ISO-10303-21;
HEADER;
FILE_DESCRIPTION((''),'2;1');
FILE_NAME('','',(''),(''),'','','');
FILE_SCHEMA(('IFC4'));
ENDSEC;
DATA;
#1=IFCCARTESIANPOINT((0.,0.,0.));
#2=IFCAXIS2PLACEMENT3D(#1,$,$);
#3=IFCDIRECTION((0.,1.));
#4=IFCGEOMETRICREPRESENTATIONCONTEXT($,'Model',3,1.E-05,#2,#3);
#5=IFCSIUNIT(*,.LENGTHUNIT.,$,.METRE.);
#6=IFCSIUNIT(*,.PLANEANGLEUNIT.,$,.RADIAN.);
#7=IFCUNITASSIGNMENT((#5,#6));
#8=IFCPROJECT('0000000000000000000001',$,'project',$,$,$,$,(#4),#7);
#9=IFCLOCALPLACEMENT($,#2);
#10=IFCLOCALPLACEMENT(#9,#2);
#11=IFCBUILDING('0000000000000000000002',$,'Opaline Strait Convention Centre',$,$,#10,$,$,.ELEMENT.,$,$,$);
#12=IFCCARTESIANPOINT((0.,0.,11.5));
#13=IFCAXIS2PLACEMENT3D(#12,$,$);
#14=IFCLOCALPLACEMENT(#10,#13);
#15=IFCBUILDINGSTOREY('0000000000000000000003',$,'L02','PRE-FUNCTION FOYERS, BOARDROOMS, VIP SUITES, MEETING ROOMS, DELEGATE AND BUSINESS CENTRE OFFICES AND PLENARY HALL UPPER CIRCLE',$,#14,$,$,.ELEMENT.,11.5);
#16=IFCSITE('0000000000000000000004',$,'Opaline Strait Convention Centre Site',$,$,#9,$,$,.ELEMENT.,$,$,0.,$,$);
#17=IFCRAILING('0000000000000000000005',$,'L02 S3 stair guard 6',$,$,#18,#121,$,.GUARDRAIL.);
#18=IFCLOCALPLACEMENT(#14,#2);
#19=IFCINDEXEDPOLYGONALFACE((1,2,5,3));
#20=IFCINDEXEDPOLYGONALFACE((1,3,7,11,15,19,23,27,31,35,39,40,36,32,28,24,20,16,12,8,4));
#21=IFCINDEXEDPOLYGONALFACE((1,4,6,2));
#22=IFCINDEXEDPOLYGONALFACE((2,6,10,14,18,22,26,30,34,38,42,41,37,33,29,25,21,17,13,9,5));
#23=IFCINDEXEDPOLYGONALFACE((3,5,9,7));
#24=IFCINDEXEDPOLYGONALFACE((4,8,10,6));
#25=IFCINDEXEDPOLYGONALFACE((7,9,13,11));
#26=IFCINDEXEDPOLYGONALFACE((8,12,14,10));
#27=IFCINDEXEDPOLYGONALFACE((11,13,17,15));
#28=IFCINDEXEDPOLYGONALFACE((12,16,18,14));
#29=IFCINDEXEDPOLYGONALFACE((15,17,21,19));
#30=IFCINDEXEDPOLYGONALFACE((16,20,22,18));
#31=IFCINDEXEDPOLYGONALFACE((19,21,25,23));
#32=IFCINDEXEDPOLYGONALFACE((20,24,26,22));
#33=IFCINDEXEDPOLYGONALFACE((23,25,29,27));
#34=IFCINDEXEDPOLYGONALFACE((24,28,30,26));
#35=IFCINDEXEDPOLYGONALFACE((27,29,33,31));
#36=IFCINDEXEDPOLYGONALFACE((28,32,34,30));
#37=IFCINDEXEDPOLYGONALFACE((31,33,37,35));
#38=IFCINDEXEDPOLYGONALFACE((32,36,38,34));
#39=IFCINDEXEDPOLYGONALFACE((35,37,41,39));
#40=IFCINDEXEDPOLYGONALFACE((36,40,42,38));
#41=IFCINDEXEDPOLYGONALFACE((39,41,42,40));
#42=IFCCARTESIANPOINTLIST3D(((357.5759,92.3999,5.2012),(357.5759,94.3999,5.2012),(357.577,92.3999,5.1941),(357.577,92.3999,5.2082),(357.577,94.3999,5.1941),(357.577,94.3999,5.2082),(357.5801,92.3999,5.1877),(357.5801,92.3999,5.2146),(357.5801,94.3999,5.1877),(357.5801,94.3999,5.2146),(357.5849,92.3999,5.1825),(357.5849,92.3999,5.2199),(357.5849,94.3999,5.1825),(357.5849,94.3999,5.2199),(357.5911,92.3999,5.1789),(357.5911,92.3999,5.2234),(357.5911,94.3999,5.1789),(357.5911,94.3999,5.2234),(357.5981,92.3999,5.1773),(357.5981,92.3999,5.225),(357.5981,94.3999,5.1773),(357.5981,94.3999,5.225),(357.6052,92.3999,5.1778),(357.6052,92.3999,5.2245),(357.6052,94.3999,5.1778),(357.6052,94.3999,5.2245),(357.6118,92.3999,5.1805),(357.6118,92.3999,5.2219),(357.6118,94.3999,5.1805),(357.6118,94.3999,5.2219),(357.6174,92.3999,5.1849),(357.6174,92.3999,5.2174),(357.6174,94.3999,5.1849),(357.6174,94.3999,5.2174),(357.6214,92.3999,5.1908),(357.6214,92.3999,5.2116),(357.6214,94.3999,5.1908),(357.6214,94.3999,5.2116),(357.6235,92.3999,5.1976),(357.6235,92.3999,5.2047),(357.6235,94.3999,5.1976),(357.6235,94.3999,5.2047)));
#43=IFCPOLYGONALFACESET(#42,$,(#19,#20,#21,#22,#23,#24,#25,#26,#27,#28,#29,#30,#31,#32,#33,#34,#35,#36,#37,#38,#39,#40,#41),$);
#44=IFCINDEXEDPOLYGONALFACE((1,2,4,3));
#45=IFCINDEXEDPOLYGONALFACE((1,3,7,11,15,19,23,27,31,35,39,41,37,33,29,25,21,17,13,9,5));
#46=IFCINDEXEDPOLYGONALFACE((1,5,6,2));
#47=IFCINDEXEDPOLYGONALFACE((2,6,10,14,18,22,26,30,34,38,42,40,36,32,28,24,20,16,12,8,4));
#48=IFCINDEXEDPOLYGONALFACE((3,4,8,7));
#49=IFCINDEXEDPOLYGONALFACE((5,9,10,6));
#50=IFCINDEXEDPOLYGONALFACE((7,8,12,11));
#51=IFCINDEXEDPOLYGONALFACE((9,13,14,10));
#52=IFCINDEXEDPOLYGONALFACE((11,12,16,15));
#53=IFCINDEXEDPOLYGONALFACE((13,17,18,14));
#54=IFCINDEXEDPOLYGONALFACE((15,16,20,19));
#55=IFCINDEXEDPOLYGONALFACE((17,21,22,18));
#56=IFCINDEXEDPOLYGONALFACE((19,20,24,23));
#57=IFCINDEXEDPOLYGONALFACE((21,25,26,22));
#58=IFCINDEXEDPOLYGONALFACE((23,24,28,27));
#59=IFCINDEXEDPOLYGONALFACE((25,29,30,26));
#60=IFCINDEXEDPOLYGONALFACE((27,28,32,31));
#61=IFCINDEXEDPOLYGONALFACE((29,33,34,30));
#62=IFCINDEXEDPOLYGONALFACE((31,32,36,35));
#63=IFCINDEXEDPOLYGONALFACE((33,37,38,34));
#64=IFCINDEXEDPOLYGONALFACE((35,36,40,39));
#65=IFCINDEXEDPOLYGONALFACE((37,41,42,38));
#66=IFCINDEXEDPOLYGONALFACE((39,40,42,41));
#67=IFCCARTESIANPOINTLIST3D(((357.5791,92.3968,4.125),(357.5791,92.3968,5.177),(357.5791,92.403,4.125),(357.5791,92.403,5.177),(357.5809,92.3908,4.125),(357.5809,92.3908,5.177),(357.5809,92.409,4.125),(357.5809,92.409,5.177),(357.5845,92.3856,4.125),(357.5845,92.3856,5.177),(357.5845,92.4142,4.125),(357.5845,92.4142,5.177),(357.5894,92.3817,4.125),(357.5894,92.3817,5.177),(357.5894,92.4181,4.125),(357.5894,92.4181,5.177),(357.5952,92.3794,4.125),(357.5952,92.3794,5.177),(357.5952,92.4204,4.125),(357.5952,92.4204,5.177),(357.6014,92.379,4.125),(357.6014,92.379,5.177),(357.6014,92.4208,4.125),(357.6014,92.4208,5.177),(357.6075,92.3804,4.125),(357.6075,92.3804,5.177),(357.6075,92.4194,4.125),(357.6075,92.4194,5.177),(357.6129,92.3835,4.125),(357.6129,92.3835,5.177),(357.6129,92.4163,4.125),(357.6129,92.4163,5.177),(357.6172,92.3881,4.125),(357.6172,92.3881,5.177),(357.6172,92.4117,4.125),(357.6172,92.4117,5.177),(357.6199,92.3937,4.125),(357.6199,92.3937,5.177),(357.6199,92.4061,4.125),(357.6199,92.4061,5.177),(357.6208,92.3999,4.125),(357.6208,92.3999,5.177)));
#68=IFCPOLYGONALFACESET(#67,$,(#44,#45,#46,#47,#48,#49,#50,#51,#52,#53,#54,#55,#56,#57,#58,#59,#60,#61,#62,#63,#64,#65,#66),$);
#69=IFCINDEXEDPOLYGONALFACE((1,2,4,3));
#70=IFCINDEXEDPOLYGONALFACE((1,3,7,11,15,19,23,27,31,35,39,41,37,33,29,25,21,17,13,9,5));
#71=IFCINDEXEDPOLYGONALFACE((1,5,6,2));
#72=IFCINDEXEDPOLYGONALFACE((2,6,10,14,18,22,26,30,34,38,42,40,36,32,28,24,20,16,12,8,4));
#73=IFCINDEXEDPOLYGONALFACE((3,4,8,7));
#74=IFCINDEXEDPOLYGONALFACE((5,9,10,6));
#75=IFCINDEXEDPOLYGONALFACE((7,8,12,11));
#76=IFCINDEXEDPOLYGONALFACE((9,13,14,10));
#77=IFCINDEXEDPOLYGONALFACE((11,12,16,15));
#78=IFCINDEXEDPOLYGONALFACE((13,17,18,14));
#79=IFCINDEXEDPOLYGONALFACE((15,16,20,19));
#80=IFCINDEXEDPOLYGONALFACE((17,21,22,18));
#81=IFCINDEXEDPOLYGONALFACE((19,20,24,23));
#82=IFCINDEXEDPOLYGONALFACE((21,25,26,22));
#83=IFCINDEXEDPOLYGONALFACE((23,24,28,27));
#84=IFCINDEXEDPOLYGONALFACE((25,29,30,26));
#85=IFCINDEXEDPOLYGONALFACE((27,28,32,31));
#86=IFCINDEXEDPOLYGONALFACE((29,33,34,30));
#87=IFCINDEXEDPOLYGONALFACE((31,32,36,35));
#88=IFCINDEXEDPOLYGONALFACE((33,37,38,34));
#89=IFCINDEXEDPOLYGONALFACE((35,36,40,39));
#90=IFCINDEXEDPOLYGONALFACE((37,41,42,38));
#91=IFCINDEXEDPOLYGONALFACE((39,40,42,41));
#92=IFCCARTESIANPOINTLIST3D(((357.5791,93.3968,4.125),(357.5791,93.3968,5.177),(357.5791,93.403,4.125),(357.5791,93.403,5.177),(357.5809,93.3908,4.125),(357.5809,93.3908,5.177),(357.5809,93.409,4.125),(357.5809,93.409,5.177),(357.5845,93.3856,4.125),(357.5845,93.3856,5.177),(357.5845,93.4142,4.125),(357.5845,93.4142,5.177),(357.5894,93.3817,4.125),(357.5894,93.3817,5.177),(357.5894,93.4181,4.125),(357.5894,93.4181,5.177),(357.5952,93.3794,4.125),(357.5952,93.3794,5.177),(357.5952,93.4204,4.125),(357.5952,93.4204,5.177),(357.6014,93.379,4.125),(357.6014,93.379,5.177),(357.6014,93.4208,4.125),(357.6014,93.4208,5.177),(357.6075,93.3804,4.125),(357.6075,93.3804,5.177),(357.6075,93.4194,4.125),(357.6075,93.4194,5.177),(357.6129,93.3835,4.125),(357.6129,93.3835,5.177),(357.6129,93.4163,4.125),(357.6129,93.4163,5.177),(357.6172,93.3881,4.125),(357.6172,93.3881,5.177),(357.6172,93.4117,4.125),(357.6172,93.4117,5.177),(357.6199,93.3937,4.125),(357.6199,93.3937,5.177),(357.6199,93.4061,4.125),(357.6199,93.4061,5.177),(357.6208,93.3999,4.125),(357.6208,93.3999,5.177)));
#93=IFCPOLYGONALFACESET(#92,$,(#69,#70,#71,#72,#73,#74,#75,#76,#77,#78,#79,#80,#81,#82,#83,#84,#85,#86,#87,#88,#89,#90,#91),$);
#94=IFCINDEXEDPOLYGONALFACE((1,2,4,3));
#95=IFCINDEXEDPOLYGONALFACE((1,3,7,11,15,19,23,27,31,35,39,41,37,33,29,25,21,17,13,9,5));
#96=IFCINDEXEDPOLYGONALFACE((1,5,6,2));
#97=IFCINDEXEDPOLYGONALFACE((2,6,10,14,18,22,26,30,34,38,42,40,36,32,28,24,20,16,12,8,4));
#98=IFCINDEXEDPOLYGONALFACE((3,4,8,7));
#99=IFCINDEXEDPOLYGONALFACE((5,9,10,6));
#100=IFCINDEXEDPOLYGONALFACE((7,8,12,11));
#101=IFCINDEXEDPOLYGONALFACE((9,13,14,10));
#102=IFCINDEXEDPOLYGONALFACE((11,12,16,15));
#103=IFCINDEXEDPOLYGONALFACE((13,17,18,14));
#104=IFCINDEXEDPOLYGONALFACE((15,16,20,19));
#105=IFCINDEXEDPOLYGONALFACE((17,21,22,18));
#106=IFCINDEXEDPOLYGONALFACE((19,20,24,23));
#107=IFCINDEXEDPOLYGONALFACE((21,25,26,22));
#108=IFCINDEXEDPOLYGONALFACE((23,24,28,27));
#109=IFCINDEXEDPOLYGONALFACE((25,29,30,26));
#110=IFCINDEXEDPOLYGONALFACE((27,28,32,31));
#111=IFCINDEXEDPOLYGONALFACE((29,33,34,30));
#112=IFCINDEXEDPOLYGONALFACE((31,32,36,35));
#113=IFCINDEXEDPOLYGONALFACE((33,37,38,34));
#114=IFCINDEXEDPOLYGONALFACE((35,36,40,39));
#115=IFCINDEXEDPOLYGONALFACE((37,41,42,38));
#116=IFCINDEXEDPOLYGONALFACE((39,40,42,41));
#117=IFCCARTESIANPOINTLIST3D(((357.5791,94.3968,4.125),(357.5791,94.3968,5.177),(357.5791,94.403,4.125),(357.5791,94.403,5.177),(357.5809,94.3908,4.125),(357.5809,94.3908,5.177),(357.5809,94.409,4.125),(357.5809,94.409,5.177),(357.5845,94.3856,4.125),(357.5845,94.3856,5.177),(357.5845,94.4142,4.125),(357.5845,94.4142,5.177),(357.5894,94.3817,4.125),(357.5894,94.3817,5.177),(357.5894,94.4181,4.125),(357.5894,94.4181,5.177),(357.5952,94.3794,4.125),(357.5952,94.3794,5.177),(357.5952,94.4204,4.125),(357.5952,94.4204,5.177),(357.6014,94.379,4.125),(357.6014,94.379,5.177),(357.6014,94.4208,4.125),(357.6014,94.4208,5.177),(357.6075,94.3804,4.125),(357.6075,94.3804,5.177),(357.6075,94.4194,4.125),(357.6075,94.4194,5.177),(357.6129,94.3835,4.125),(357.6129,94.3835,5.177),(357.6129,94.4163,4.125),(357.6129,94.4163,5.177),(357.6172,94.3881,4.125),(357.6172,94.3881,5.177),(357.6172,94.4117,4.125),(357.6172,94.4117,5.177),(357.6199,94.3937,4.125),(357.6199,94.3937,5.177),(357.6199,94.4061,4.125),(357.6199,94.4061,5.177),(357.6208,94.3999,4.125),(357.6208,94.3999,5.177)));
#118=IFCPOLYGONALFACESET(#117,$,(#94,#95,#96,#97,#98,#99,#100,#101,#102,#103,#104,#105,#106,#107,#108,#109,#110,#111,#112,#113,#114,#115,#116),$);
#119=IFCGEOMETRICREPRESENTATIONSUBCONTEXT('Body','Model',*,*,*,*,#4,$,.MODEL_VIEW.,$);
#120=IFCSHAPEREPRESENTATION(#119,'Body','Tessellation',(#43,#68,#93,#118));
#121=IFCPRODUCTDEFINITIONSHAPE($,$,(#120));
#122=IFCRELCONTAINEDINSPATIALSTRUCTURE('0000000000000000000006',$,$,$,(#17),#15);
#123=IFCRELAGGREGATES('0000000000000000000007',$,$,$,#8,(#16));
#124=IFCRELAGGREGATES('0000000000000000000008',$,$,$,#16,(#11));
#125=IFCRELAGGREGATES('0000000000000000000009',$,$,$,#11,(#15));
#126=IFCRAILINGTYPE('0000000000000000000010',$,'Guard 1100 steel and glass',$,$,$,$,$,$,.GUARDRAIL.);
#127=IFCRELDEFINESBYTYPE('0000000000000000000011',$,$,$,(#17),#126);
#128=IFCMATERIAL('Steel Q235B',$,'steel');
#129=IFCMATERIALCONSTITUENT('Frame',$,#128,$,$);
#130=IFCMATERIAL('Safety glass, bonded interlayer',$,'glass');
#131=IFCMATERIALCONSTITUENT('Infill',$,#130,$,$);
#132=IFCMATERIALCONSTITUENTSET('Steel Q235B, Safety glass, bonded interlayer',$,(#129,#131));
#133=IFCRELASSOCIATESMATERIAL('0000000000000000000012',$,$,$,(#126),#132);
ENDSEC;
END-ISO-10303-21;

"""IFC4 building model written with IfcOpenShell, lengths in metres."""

from ifc_helpers import new_model, si_unit, direction, frame, origin, origin_2d, place, context, subcontext, project, spatial, circle, extrude, material, constituent, constituent_set, type_object, element, save


model = new_model("IFC4")

# Units and contexts
model_context = context("Model", 3, precision=1e-05, world=origin(), true_north=direction((0.0, 1.0)))
body_context = subcontext(model_context, "Body", "Model", "MODEL_VIEW")
ifc_project = project(units=[si_unit("LENGTHUNIT", "METRE"), si_unit("PLANEANGLEUNIT", "RADIAN")], contexts=[model_context])

# Site, building, storey
site_placement = place(None, origin())
site = spatial("IfcSite", under=ifc_project, at=site_placement, Name="Opaline Strait Convention Centre Site", CompositionType="ELEMENT", RefElevation=0.0)
building_placement = place(site_placement, origin())
building = spatial("IfcBuilding", under=site, at=building_placement, Name="Opaline Strait Convention Centre", CompositionType="ELEMENT")
storey_placement = place(building_placement, frame((0.0, 0.0, 11.5)))
storey = spatial("IfcBuildingStorey", under=building, at=storey_placement, Name="L02", Description="PRE-FUNCTION FOYERS, BOARDROOMS, VIP SUITES, MEETING ROOMS, DELEGATE AND BUSINESS CENTRE OFFICES AND PLENARY HALL UPPER CIRCLE", CompositionType="ELEMENT", Elevation=11.5)

# Railing
ifc_material_1 = material(Name="Steel Q235B", Category="steel")
ifc_constituent_1 = constituent(ifc_material_1, Name="Frame")
ifc_material_2 = material(Name="Safety glass, bonded interlayer", Category="glass")
ifc_constituent_2 = constituent(ifc_material_2, Name="Infill")
ifc_constituent_set = constituent_set(constituents=[ifc_constituent_1, ifc_constituent_2], Name="Steel Q235B, Safety glass, bonded interlayer")
railing_type_1 = type_object("IfcRailingType", Name="Guard 1100 steel and glass", PredefinedType="GUARDRAIL", material=ifc_constituent_set)
railing_1_placement = place(storey_placement, frame((357.5999, 92.3999, 4.125)))
element("IfcRailing", 1, at=railing_1_placement, inside=storey, type_object=railing_type_1, Name="L02 S3 stair guard 6", PredefinedType="GUARDRAIL", context=body_context, shape_type="SweptSolid", body=[
    extrude(circle(Radius=0.0239, at=origin_2d()), frame((0.0, 0.0, 1.0762), z_axis=(0.0, 1.0, 0.0), x_axis=(-1.0, 0.0, 0.0)), (0.0, 0.0, 1.0), 2.0),
    extrude(circle(Radius=0.021, at=origin_2d()), origin(), (0.0, 0.0, 1.0), 1.052),
    extrude(circle(Radius=0.021, at=origin_2d()), frame((0.0, 1.0, 0.0)), (0.0, 0.0, 1.0), 1.052),
    extrude(circle(Radius=0.021, at=origin_2d()), frame((0.0, 2.0, 0.0)), (0.0, 0.0, 1.0), 1.052),
])

save(model, "model.ifc")
